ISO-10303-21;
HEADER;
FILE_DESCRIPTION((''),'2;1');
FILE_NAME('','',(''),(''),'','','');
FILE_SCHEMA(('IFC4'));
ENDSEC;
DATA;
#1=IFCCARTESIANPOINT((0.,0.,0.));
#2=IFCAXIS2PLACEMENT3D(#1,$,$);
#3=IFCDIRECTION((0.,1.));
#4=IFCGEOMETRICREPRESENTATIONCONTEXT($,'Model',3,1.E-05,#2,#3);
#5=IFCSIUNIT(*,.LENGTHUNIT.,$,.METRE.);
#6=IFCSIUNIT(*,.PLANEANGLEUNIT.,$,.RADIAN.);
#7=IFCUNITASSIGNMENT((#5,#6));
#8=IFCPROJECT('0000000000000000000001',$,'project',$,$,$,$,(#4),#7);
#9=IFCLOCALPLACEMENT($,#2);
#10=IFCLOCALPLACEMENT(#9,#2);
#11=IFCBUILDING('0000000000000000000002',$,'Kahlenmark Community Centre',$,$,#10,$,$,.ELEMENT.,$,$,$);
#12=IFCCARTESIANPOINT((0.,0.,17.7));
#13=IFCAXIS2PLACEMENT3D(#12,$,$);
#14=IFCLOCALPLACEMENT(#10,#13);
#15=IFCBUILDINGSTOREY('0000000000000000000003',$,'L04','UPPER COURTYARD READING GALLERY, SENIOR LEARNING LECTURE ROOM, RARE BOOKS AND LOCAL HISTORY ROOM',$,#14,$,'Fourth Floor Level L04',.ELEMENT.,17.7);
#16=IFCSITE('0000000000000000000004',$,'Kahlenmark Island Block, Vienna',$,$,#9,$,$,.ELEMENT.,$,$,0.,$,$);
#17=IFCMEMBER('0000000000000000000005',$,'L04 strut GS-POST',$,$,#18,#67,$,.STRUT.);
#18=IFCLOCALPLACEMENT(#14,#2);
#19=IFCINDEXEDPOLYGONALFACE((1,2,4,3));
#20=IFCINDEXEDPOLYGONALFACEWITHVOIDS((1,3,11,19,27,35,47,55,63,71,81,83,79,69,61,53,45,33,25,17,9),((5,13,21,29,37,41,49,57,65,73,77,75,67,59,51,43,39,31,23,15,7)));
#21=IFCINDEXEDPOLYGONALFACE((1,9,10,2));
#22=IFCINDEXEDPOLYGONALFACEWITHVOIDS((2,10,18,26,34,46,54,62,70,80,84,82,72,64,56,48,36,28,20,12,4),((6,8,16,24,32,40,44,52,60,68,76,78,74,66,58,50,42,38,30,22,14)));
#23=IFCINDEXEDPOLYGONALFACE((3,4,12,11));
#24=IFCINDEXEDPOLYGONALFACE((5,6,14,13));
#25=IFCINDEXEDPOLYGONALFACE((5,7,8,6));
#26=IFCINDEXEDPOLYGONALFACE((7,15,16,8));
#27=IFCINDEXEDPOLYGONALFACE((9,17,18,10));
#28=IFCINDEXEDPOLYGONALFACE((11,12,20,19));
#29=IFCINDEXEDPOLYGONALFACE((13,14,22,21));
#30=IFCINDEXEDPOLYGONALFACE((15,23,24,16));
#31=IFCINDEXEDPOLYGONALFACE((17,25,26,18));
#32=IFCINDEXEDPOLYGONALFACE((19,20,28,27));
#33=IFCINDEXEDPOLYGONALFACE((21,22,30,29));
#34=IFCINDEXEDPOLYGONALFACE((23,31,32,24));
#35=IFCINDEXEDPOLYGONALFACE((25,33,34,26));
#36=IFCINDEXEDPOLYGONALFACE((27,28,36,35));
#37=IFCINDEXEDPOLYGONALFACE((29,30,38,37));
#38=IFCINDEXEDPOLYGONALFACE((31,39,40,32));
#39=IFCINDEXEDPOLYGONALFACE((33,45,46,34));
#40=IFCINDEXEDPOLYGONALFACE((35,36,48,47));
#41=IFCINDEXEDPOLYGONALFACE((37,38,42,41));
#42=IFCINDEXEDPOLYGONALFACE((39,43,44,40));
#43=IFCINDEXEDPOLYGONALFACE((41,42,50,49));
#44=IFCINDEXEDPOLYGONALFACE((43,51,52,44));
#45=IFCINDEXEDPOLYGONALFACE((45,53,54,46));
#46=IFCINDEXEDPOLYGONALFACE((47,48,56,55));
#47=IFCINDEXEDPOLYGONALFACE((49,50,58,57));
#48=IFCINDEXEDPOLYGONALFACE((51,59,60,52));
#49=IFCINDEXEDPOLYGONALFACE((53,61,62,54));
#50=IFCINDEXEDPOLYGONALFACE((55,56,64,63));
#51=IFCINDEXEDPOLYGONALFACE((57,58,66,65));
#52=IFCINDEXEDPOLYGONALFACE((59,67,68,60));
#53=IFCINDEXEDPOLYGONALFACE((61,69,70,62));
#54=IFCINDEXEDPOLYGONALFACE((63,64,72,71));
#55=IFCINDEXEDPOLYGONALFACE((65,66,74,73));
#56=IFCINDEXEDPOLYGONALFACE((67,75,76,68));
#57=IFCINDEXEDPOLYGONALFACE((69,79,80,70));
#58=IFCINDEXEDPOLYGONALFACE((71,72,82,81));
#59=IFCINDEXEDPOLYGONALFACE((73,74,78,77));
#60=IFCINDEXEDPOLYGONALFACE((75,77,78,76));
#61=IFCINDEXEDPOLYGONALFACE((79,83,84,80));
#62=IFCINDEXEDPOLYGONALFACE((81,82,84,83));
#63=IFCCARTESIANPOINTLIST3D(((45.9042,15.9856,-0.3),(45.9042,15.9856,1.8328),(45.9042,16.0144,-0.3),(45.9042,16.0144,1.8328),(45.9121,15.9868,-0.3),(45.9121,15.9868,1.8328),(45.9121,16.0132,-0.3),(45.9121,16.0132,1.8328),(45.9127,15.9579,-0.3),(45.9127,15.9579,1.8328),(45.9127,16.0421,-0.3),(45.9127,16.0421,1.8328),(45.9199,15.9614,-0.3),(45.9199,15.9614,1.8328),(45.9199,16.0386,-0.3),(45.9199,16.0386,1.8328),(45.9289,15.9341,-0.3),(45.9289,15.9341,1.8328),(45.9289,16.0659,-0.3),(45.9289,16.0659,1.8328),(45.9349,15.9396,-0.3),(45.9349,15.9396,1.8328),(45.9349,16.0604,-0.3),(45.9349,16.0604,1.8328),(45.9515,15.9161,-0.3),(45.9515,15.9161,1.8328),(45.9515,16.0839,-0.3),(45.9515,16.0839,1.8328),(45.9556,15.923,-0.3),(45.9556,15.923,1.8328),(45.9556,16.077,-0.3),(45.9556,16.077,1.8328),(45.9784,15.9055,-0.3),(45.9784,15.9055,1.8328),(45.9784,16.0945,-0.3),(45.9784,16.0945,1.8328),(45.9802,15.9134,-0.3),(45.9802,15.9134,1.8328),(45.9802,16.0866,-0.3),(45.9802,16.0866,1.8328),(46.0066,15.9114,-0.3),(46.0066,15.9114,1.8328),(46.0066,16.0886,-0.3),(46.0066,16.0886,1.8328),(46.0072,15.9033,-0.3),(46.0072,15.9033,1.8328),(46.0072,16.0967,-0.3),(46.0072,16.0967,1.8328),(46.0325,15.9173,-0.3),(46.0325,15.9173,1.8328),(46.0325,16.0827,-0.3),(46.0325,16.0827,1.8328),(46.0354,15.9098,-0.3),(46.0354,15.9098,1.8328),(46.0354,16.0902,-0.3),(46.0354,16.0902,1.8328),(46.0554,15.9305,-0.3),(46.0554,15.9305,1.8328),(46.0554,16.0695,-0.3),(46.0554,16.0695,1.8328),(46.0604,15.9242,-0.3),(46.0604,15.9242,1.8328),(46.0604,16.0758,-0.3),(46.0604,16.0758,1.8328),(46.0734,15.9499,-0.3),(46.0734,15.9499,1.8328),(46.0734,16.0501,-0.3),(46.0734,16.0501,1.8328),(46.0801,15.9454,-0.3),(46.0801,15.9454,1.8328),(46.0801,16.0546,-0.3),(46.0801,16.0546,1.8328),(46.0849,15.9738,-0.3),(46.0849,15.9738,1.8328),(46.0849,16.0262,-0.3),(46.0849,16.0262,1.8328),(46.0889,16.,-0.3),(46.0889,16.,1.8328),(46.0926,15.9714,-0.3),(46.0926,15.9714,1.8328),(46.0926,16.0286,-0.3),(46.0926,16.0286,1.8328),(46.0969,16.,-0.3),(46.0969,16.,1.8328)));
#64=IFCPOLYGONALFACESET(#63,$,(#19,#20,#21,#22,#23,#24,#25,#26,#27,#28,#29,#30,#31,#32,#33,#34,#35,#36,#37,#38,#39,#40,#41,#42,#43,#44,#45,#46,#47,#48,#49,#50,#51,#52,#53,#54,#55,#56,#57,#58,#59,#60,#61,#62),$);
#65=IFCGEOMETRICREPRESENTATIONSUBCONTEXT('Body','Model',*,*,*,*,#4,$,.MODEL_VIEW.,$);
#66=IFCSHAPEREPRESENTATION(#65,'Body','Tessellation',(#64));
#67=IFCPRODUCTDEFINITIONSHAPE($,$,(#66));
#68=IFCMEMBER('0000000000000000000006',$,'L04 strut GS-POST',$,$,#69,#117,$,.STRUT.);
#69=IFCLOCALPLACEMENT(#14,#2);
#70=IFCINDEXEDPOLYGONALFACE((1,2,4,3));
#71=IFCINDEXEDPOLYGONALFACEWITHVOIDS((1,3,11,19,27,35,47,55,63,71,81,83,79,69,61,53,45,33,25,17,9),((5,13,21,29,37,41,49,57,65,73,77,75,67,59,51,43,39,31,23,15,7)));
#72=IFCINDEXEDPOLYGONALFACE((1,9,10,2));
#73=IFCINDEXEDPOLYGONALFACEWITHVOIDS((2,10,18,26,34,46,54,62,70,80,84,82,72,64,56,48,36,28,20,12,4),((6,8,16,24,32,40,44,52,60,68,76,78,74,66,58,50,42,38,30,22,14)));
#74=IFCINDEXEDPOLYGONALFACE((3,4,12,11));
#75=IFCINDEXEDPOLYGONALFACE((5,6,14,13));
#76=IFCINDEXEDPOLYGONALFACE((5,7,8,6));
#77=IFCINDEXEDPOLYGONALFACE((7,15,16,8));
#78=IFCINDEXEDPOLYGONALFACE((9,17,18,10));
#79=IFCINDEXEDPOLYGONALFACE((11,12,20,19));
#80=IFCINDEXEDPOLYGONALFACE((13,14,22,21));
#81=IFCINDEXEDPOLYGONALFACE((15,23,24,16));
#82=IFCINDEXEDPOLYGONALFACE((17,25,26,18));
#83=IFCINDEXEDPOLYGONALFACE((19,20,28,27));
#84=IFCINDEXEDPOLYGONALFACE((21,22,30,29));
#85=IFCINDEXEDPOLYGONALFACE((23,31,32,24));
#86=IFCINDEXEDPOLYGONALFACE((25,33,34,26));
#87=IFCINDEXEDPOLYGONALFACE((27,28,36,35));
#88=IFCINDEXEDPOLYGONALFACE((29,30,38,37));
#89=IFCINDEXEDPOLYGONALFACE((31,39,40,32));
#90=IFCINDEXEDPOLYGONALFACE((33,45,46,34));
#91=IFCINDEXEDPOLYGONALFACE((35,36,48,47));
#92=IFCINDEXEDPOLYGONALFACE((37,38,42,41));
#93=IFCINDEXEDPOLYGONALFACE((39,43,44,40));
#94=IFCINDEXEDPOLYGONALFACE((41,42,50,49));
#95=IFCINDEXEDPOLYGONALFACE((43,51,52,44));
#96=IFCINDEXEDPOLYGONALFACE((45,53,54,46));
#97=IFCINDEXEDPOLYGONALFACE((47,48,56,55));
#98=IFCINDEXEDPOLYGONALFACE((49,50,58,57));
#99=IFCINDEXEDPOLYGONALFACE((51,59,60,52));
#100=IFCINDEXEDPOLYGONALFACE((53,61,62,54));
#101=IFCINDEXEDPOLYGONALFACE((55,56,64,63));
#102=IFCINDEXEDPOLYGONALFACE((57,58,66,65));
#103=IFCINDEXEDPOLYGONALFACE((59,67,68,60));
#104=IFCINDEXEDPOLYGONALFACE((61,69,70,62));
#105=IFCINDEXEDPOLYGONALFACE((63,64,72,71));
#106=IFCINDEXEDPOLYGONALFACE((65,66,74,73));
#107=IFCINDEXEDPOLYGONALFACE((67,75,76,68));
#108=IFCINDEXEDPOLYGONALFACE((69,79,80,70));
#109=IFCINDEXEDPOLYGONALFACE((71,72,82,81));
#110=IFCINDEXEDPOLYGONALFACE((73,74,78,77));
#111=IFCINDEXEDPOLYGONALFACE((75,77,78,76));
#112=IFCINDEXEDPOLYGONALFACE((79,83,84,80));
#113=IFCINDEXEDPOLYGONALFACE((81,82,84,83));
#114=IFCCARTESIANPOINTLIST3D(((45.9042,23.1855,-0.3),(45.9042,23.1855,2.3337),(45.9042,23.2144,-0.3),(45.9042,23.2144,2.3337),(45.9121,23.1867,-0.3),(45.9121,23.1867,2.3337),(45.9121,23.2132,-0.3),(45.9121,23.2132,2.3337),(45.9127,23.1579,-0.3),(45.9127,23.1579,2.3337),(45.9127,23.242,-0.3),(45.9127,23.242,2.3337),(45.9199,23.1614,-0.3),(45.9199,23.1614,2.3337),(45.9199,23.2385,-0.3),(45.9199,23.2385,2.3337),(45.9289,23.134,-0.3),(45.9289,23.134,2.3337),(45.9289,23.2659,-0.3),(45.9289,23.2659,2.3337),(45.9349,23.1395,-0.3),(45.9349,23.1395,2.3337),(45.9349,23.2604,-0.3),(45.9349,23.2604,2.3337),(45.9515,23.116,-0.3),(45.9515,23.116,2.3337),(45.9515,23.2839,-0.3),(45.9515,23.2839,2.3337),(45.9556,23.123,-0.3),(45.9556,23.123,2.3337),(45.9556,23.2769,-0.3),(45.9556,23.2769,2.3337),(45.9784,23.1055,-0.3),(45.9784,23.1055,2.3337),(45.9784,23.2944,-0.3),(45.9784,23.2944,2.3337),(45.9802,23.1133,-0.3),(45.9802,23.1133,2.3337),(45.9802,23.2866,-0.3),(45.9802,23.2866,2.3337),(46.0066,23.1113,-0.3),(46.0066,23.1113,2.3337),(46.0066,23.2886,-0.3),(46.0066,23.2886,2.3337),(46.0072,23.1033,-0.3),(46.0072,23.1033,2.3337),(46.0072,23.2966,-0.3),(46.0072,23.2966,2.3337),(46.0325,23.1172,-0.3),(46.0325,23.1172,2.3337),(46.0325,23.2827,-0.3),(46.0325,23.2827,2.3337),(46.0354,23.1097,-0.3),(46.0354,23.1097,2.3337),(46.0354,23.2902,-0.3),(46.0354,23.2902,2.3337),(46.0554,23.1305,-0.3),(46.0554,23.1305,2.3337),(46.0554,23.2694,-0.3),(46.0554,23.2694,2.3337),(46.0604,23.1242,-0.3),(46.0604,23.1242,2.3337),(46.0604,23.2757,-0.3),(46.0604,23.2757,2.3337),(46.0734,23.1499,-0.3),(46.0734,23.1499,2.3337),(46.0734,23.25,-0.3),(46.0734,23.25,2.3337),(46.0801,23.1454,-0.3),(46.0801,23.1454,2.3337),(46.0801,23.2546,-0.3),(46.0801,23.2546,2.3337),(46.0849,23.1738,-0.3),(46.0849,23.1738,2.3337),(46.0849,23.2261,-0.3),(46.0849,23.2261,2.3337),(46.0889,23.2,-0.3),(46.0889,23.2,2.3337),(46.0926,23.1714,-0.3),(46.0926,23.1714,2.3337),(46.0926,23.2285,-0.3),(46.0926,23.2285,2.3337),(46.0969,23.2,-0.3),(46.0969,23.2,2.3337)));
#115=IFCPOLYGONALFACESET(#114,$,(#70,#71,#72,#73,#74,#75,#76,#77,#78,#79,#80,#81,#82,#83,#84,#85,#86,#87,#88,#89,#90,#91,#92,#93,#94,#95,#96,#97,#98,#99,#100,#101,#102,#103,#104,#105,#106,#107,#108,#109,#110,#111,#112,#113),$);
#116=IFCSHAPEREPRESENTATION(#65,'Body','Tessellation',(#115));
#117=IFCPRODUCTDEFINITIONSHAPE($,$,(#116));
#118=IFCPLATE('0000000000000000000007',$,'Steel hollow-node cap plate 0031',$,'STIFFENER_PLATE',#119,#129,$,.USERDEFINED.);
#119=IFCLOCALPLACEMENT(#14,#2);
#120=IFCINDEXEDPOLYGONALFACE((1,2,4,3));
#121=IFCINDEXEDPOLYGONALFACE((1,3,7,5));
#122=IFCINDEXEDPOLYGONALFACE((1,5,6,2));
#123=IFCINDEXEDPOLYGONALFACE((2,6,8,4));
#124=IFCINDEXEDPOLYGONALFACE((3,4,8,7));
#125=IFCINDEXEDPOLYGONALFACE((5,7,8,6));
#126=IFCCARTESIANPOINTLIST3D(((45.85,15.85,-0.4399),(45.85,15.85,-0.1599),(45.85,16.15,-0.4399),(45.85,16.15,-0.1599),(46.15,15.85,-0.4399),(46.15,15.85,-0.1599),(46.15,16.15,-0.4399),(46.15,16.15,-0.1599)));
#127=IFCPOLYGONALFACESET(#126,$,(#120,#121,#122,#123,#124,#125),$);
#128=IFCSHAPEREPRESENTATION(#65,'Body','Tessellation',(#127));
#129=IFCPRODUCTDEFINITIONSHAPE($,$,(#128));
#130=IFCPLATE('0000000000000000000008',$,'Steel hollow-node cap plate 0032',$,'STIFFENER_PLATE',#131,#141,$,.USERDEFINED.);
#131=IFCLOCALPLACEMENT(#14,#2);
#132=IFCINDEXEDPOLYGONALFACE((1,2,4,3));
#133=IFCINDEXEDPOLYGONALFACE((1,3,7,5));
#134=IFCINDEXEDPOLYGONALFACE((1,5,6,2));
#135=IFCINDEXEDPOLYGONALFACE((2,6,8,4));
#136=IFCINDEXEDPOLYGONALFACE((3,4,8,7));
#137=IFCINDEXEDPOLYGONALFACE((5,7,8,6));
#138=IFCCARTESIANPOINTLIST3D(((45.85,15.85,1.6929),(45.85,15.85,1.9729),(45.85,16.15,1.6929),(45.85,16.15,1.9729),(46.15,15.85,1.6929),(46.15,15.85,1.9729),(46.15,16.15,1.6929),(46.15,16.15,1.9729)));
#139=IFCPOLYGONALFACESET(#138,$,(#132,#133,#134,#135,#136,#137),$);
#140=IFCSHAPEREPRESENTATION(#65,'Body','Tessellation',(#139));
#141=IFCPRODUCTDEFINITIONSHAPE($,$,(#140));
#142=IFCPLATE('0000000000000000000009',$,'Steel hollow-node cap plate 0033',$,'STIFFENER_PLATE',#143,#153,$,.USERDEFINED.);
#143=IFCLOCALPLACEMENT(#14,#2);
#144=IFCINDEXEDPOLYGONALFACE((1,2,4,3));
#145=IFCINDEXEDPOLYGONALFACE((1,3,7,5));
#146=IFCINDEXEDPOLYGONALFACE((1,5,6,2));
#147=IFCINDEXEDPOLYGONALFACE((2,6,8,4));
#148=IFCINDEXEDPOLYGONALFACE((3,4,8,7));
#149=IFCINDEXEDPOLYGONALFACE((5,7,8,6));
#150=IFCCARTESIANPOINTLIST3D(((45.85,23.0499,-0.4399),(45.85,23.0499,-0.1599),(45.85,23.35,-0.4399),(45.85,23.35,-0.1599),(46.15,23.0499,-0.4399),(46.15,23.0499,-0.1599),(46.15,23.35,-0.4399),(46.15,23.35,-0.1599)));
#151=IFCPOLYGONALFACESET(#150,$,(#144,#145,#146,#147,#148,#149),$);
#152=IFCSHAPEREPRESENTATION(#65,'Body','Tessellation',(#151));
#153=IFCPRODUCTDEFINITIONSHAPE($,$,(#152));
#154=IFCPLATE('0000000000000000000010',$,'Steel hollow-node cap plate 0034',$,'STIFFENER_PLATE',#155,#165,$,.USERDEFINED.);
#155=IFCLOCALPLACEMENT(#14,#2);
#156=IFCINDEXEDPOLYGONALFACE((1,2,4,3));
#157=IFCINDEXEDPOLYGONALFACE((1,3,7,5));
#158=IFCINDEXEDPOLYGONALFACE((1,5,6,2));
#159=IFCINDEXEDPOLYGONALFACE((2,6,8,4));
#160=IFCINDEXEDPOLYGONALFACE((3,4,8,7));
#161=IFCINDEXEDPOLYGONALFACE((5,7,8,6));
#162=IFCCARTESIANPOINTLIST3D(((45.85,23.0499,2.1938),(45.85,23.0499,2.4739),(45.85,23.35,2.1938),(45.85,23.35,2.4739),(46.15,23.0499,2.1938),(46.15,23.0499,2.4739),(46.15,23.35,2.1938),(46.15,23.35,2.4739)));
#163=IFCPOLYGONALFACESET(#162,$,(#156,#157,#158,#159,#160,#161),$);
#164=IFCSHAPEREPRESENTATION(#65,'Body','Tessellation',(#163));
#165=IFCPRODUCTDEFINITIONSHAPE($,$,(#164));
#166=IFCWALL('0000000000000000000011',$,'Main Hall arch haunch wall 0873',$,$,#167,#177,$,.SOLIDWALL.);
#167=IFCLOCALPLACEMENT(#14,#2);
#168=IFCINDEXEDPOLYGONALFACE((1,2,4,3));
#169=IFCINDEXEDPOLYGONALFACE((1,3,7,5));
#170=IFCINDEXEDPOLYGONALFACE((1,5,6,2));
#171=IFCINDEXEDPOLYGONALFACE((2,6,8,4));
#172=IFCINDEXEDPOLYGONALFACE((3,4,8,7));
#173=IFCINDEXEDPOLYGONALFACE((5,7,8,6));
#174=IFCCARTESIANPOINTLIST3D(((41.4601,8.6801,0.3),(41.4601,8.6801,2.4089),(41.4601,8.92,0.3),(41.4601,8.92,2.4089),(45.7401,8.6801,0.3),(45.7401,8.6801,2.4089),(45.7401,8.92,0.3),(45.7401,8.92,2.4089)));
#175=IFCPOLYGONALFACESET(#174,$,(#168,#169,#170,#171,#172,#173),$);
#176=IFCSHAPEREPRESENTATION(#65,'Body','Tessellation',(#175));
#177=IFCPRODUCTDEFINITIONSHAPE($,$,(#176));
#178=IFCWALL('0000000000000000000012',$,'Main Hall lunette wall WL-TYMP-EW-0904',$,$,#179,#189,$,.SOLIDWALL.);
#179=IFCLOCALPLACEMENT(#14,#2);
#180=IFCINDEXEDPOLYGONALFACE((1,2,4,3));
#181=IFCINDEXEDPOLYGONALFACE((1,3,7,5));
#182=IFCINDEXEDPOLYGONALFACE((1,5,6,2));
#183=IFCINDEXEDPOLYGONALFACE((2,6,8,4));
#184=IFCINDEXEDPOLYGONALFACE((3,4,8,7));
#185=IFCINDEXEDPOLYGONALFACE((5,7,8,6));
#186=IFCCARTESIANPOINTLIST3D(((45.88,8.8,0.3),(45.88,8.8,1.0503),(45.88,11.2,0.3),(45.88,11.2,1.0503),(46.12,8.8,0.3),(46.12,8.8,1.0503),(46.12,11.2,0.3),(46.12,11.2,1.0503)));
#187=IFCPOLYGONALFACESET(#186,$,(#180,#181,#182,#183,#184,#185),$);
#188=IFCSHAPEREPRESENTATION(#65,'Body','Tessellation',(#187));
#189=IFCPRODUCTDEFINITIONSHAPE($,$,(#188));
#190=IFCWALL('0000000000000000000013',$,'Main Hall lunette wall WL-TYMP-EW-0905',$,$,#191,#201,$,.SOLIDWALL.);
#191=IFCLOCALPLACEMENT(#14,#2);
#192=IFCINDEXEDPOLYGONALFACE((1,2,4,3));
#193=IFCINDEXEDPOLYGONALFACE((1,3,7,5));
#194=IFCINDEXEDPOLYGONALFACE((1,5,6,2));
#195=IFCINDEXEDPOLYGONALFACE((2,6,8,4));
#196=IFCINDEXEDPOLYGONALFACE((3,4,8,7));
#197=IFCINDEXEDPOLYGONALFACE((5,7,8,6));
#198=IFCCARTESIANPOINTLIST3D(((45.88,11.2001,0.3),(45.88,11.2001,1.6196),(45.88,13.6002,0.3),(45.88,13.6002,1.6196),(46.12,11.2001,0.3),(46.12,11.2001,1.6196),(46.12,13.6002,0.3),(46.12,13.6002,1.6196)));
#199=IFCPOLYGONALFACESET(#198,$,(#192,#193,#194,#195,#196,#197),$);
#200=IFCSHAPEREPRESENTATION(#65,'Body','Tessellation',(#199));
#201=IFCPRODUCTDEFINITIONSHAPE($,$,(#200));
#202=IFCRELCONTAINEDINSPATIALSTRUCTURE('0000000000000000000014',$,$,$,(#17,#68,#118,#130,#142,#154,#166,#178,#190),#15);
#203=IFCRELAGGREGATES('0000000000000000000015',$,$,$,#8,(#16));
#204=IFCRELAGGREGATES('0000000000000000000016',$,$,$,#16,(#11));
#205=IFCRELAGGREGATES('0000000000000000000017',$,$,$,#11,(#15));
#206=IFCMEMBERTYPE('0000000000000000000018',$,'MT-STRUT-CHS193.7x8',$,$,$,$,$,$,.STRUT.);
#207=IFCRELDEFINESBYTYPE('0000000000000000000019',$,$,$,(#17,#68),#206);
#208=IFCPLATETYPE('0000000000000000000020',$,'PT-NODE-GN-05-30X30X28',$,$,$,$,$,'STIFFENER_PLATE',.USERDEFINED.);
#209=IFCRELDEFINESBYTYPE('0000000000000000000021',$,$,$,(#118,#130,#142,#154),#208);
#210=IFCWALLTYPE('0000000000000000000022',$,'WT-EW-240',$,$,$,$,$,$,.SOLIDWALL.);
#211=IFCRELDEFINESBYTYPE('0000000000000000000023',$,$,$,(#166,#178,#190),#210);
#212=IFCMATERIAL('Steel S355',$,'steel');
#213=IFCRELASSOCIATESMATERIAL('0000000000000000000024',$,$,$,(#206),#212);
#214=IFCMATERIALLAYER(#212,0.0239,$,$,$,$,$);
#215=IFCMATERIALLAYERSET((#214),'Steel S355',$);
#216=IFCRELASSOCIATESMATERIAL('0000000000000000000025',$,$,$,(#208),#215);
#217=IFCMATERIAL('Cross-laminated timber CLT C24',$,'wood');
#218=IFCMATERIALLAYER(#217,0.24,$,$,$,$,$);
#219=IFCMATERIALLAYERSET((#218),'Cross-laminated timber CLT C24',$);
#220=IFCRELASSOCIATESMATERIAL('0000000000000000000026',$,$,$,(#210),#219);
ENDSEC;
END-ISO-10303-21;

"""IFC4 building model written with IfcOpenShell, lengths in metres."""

from ifc_helpers import new_model, si_unit, direction, frame, frame_2d, origin, origin_2d, place, context, subcontext, project, spatial, rectangle, hollow_circle, extrude, material, layer, layer_set, material_profile, profile_set, type_object, element, save


model = new_model("IFC4")

# Units and contexts
model_context = context("Model", 3, precision=1e-05, world=origin(), true_north=direction((0.0, 1.0)))
body_context = subcontext(model_context, "Body", "Model", "MODEL_VIEW")
ifc_project = project(units=[si_unit("LENGTHUNIT", "METRE"), si_unit("PLANEANGLEUNIT", "RADIAN")], contexts=[model_context])

# Site, building, storey
site_placement = place(None, origin())
site = spatial("IfcSite", under=ifc_project, at=site_placement, Name="Kahlenmark Island Block, Vienna", CompositionType="ELEMENT", RefElevation=0.0)
building_placement = place(site_placement, origin())
building = spatial("IfcBuilding", under=site, at=building_placement, Name="Kahlenmark Community Centre", CompositionType="ELEMENT")
storey_placement = place(building_placement, frame((0.0, 0.0, 17.7)))
storey = spatial("IfcBuildingStorey", under=building, at=storey_placement, Name="L04", Description="UPPER COURTYARD READING GALLERY, SENIOR LEARNING LECTURE ROOM, RARE BOOKS AND LOCAL HISTORY ROOM", LongName="Fourth Floor Level L04", CompositionType="ELEMENT", Elevation=17.7)

# Shared definitions
ifc_material_1 = material(Name="Steel S355", Category="steel")

# Members
ifc_material_profile_1 = material_profile(ifc_material_1, hollow_circle(Radius=0.0969, WallThickness=0.0081, at=origin_2d()), Name="CHS 193.7x8")
ifc_profile_set_1 = profile_set([ifc_material_profile_1], Name="Steel S355")
member_type = type_object("IfcMemberType", Name="MT-STRUT-CHS193.7x8", PredefinedType="STRUT", material=ifc_profile_set_1)
member_1_placement = place(storey_placement, frame((46.0, 16.0, -0.3), z_axis=(0.0, 0.0, 1.0), x_axis=(1.0, 0.0, 0.0)))
element("IfcMember", 1, at=member_1_placement, inside=storey, type_object=member_type, Name="L04 strut GS-POST", PredefinedType="STRUT", context=body_context, shape_type="SweptSolid", body=[
    extrude(hollow_circle(Radius=0.0969, WallThickness=0.0081, at=origin_2d()), origin(), (0.0, 0.0, 1.0), 2.1328),
])
member_2_placement = place(storey_placement, frame((46.0, 23.2, -0.3), z_axis=(0.0, 0.0, 1.0), x_axis=(1.0, 0.0, 0.0)))
element("IfcMember", 2, at=member_2_placement, inside=storey, type_object=member_type, Name="L04 strut GS-POST", PredefinedType="STRUT", context=body_context, shape_type="SweptSolid", body=[
    extrude(hollow_circle(Radius=0.0969, WallThickness=0.0081, at=origin_2d()), origin(), (0.0, 0.0, 1.0), 2.6338),
])

# Plates
ifc_layer_1 = layer(ifc_material_1, 0.0239)
ifc_layer_set_1 = layer_set([ifc_layer_1], Name="Steel S355")
plate_type = type_object("IfcPlateType", Name="PT-NODE-GN-05-30X30X28", ElementType="STIFFENER_PLATE", PredefinedType="USERDEFINED", material=ifc_layer_set_1)
for number, where, z_axis, x_axis, name in (
    (3, (46.0, 16.0, -0.4399), (0.0, 0.0, 1.0), (1.0, 0.0, 0.0), "Steel hollow-node cap plate 0031"),
    (4, (46.0, 16.0, 1.6929), (0.0, 0.0, 1.0), (1.0, 0.0, 0.0), "Steel hollow-node cap plate 0032"),
    (5, (46.0, 23.2, -0.4399), (0.0, 0.0, 1.0), (1.0, 0.0, 0.0), "Steel hollow-node cap plate 0033"),
    (6, (46.0, 23.2, 2.1938), (0.0, 0.0, 1.0), (1.0, 0.0, 0.0), "Steel hollow-node cap plate 0034"),
):
    element("IfcPlate", number, at=place(storey_placement, frame(where, z_axis=z_axis, x_axis=x_axis)), inside=storey, type_object=plate_type, Name=name, ObjectType="STIFFENER_PLATE", PredefinedType="USERDEFINED", context=body_context, shape_type="SweptSolid", body=[
        extrude(rectangle(XDim=0.3, YDim=0.3, at=origin_2d()), origin(), (0.0, 0.0, 1.0), 0.28),
    ])

# Walls
ifc_material_2 = material(Name="Cross-laminated timber CLT C24", Category="wood")
ifc_layer_2 = layer(ifc_material_2, 0.24)
ifc_layer_set_2 = layer_set([ifc_layer_2], Name="Cross-laminated timber CLT C24")
wall_type_1 = type_object("IfcWallType", Name="WT-EW-240", PredefinedType="SOLIDWALL", material=ifc_layer_set_2)
wall_1_placement = place(storey_placement, frame((41.46, 8.8, 0.3), z_axis=(0.0, 0.0, 1.0), x_axis=(1.0, 0.0, 0.0)))
element("IfcWall", 7, at=wall_1_placement, inside=storey, type_object=wall_type_1, Name="Main Hall arch haunch wall 0873", PredefinedType="SOLIDWALL", context=body_context, shape_type="SweptSolid", body=[
    extrude(rectangle(XDim=4.28, YDim=0.24, at=frame_2d((2.1401, 0.0))), origin(), (0.0, 0.0, 1.0), 2.1089),
])
wall_2_placement = place(storey_placement, frame((46.0, 8.8, 0.3), z_axis=(0.0, 0.0, 1.0), x_axis=(0.0, 1.0, 0.0)))
element("IfcWall", 8, at=wall_2_placement, inside=storey, type_object=wall_type_1, Name="Main Hall lunette wall WL-TYMP-EW-0904", PredefinedType="SOLIDWALL", context=body_context, shape_type="SweptSolid", body=[
    extrude(rectangle(XDim=2.3999, YDim=0.24, at=frame_2d((1.2, 0.0))), origin(), (0.0, 0.0, 1.0), 0.7502),
])
wall_3_placement = place(storey_placement, frame((46.0, 11.2, 0.3), z_axis=(0.0, 0.0, 1.0), x_axis=(0.0, 1.0, 0.0)))
element("IfcWall", 9, at=wall_3_placement, inside=storey, type_object=wall_type_1, Name="Main Hall lunette wall WL-TYMP-EW-0905", PredefinedType="SOLIDWALL", context=body_context, shape_type="SweptSolid", body=[
    extrude(rectangle(XDim=2.4001, YDim=0.24, at=frame_2d((1.2002, 0.0))), origin(), (0.0, 0.0, 1.0), 1.3196),
])

save(model, "model.ifc")
